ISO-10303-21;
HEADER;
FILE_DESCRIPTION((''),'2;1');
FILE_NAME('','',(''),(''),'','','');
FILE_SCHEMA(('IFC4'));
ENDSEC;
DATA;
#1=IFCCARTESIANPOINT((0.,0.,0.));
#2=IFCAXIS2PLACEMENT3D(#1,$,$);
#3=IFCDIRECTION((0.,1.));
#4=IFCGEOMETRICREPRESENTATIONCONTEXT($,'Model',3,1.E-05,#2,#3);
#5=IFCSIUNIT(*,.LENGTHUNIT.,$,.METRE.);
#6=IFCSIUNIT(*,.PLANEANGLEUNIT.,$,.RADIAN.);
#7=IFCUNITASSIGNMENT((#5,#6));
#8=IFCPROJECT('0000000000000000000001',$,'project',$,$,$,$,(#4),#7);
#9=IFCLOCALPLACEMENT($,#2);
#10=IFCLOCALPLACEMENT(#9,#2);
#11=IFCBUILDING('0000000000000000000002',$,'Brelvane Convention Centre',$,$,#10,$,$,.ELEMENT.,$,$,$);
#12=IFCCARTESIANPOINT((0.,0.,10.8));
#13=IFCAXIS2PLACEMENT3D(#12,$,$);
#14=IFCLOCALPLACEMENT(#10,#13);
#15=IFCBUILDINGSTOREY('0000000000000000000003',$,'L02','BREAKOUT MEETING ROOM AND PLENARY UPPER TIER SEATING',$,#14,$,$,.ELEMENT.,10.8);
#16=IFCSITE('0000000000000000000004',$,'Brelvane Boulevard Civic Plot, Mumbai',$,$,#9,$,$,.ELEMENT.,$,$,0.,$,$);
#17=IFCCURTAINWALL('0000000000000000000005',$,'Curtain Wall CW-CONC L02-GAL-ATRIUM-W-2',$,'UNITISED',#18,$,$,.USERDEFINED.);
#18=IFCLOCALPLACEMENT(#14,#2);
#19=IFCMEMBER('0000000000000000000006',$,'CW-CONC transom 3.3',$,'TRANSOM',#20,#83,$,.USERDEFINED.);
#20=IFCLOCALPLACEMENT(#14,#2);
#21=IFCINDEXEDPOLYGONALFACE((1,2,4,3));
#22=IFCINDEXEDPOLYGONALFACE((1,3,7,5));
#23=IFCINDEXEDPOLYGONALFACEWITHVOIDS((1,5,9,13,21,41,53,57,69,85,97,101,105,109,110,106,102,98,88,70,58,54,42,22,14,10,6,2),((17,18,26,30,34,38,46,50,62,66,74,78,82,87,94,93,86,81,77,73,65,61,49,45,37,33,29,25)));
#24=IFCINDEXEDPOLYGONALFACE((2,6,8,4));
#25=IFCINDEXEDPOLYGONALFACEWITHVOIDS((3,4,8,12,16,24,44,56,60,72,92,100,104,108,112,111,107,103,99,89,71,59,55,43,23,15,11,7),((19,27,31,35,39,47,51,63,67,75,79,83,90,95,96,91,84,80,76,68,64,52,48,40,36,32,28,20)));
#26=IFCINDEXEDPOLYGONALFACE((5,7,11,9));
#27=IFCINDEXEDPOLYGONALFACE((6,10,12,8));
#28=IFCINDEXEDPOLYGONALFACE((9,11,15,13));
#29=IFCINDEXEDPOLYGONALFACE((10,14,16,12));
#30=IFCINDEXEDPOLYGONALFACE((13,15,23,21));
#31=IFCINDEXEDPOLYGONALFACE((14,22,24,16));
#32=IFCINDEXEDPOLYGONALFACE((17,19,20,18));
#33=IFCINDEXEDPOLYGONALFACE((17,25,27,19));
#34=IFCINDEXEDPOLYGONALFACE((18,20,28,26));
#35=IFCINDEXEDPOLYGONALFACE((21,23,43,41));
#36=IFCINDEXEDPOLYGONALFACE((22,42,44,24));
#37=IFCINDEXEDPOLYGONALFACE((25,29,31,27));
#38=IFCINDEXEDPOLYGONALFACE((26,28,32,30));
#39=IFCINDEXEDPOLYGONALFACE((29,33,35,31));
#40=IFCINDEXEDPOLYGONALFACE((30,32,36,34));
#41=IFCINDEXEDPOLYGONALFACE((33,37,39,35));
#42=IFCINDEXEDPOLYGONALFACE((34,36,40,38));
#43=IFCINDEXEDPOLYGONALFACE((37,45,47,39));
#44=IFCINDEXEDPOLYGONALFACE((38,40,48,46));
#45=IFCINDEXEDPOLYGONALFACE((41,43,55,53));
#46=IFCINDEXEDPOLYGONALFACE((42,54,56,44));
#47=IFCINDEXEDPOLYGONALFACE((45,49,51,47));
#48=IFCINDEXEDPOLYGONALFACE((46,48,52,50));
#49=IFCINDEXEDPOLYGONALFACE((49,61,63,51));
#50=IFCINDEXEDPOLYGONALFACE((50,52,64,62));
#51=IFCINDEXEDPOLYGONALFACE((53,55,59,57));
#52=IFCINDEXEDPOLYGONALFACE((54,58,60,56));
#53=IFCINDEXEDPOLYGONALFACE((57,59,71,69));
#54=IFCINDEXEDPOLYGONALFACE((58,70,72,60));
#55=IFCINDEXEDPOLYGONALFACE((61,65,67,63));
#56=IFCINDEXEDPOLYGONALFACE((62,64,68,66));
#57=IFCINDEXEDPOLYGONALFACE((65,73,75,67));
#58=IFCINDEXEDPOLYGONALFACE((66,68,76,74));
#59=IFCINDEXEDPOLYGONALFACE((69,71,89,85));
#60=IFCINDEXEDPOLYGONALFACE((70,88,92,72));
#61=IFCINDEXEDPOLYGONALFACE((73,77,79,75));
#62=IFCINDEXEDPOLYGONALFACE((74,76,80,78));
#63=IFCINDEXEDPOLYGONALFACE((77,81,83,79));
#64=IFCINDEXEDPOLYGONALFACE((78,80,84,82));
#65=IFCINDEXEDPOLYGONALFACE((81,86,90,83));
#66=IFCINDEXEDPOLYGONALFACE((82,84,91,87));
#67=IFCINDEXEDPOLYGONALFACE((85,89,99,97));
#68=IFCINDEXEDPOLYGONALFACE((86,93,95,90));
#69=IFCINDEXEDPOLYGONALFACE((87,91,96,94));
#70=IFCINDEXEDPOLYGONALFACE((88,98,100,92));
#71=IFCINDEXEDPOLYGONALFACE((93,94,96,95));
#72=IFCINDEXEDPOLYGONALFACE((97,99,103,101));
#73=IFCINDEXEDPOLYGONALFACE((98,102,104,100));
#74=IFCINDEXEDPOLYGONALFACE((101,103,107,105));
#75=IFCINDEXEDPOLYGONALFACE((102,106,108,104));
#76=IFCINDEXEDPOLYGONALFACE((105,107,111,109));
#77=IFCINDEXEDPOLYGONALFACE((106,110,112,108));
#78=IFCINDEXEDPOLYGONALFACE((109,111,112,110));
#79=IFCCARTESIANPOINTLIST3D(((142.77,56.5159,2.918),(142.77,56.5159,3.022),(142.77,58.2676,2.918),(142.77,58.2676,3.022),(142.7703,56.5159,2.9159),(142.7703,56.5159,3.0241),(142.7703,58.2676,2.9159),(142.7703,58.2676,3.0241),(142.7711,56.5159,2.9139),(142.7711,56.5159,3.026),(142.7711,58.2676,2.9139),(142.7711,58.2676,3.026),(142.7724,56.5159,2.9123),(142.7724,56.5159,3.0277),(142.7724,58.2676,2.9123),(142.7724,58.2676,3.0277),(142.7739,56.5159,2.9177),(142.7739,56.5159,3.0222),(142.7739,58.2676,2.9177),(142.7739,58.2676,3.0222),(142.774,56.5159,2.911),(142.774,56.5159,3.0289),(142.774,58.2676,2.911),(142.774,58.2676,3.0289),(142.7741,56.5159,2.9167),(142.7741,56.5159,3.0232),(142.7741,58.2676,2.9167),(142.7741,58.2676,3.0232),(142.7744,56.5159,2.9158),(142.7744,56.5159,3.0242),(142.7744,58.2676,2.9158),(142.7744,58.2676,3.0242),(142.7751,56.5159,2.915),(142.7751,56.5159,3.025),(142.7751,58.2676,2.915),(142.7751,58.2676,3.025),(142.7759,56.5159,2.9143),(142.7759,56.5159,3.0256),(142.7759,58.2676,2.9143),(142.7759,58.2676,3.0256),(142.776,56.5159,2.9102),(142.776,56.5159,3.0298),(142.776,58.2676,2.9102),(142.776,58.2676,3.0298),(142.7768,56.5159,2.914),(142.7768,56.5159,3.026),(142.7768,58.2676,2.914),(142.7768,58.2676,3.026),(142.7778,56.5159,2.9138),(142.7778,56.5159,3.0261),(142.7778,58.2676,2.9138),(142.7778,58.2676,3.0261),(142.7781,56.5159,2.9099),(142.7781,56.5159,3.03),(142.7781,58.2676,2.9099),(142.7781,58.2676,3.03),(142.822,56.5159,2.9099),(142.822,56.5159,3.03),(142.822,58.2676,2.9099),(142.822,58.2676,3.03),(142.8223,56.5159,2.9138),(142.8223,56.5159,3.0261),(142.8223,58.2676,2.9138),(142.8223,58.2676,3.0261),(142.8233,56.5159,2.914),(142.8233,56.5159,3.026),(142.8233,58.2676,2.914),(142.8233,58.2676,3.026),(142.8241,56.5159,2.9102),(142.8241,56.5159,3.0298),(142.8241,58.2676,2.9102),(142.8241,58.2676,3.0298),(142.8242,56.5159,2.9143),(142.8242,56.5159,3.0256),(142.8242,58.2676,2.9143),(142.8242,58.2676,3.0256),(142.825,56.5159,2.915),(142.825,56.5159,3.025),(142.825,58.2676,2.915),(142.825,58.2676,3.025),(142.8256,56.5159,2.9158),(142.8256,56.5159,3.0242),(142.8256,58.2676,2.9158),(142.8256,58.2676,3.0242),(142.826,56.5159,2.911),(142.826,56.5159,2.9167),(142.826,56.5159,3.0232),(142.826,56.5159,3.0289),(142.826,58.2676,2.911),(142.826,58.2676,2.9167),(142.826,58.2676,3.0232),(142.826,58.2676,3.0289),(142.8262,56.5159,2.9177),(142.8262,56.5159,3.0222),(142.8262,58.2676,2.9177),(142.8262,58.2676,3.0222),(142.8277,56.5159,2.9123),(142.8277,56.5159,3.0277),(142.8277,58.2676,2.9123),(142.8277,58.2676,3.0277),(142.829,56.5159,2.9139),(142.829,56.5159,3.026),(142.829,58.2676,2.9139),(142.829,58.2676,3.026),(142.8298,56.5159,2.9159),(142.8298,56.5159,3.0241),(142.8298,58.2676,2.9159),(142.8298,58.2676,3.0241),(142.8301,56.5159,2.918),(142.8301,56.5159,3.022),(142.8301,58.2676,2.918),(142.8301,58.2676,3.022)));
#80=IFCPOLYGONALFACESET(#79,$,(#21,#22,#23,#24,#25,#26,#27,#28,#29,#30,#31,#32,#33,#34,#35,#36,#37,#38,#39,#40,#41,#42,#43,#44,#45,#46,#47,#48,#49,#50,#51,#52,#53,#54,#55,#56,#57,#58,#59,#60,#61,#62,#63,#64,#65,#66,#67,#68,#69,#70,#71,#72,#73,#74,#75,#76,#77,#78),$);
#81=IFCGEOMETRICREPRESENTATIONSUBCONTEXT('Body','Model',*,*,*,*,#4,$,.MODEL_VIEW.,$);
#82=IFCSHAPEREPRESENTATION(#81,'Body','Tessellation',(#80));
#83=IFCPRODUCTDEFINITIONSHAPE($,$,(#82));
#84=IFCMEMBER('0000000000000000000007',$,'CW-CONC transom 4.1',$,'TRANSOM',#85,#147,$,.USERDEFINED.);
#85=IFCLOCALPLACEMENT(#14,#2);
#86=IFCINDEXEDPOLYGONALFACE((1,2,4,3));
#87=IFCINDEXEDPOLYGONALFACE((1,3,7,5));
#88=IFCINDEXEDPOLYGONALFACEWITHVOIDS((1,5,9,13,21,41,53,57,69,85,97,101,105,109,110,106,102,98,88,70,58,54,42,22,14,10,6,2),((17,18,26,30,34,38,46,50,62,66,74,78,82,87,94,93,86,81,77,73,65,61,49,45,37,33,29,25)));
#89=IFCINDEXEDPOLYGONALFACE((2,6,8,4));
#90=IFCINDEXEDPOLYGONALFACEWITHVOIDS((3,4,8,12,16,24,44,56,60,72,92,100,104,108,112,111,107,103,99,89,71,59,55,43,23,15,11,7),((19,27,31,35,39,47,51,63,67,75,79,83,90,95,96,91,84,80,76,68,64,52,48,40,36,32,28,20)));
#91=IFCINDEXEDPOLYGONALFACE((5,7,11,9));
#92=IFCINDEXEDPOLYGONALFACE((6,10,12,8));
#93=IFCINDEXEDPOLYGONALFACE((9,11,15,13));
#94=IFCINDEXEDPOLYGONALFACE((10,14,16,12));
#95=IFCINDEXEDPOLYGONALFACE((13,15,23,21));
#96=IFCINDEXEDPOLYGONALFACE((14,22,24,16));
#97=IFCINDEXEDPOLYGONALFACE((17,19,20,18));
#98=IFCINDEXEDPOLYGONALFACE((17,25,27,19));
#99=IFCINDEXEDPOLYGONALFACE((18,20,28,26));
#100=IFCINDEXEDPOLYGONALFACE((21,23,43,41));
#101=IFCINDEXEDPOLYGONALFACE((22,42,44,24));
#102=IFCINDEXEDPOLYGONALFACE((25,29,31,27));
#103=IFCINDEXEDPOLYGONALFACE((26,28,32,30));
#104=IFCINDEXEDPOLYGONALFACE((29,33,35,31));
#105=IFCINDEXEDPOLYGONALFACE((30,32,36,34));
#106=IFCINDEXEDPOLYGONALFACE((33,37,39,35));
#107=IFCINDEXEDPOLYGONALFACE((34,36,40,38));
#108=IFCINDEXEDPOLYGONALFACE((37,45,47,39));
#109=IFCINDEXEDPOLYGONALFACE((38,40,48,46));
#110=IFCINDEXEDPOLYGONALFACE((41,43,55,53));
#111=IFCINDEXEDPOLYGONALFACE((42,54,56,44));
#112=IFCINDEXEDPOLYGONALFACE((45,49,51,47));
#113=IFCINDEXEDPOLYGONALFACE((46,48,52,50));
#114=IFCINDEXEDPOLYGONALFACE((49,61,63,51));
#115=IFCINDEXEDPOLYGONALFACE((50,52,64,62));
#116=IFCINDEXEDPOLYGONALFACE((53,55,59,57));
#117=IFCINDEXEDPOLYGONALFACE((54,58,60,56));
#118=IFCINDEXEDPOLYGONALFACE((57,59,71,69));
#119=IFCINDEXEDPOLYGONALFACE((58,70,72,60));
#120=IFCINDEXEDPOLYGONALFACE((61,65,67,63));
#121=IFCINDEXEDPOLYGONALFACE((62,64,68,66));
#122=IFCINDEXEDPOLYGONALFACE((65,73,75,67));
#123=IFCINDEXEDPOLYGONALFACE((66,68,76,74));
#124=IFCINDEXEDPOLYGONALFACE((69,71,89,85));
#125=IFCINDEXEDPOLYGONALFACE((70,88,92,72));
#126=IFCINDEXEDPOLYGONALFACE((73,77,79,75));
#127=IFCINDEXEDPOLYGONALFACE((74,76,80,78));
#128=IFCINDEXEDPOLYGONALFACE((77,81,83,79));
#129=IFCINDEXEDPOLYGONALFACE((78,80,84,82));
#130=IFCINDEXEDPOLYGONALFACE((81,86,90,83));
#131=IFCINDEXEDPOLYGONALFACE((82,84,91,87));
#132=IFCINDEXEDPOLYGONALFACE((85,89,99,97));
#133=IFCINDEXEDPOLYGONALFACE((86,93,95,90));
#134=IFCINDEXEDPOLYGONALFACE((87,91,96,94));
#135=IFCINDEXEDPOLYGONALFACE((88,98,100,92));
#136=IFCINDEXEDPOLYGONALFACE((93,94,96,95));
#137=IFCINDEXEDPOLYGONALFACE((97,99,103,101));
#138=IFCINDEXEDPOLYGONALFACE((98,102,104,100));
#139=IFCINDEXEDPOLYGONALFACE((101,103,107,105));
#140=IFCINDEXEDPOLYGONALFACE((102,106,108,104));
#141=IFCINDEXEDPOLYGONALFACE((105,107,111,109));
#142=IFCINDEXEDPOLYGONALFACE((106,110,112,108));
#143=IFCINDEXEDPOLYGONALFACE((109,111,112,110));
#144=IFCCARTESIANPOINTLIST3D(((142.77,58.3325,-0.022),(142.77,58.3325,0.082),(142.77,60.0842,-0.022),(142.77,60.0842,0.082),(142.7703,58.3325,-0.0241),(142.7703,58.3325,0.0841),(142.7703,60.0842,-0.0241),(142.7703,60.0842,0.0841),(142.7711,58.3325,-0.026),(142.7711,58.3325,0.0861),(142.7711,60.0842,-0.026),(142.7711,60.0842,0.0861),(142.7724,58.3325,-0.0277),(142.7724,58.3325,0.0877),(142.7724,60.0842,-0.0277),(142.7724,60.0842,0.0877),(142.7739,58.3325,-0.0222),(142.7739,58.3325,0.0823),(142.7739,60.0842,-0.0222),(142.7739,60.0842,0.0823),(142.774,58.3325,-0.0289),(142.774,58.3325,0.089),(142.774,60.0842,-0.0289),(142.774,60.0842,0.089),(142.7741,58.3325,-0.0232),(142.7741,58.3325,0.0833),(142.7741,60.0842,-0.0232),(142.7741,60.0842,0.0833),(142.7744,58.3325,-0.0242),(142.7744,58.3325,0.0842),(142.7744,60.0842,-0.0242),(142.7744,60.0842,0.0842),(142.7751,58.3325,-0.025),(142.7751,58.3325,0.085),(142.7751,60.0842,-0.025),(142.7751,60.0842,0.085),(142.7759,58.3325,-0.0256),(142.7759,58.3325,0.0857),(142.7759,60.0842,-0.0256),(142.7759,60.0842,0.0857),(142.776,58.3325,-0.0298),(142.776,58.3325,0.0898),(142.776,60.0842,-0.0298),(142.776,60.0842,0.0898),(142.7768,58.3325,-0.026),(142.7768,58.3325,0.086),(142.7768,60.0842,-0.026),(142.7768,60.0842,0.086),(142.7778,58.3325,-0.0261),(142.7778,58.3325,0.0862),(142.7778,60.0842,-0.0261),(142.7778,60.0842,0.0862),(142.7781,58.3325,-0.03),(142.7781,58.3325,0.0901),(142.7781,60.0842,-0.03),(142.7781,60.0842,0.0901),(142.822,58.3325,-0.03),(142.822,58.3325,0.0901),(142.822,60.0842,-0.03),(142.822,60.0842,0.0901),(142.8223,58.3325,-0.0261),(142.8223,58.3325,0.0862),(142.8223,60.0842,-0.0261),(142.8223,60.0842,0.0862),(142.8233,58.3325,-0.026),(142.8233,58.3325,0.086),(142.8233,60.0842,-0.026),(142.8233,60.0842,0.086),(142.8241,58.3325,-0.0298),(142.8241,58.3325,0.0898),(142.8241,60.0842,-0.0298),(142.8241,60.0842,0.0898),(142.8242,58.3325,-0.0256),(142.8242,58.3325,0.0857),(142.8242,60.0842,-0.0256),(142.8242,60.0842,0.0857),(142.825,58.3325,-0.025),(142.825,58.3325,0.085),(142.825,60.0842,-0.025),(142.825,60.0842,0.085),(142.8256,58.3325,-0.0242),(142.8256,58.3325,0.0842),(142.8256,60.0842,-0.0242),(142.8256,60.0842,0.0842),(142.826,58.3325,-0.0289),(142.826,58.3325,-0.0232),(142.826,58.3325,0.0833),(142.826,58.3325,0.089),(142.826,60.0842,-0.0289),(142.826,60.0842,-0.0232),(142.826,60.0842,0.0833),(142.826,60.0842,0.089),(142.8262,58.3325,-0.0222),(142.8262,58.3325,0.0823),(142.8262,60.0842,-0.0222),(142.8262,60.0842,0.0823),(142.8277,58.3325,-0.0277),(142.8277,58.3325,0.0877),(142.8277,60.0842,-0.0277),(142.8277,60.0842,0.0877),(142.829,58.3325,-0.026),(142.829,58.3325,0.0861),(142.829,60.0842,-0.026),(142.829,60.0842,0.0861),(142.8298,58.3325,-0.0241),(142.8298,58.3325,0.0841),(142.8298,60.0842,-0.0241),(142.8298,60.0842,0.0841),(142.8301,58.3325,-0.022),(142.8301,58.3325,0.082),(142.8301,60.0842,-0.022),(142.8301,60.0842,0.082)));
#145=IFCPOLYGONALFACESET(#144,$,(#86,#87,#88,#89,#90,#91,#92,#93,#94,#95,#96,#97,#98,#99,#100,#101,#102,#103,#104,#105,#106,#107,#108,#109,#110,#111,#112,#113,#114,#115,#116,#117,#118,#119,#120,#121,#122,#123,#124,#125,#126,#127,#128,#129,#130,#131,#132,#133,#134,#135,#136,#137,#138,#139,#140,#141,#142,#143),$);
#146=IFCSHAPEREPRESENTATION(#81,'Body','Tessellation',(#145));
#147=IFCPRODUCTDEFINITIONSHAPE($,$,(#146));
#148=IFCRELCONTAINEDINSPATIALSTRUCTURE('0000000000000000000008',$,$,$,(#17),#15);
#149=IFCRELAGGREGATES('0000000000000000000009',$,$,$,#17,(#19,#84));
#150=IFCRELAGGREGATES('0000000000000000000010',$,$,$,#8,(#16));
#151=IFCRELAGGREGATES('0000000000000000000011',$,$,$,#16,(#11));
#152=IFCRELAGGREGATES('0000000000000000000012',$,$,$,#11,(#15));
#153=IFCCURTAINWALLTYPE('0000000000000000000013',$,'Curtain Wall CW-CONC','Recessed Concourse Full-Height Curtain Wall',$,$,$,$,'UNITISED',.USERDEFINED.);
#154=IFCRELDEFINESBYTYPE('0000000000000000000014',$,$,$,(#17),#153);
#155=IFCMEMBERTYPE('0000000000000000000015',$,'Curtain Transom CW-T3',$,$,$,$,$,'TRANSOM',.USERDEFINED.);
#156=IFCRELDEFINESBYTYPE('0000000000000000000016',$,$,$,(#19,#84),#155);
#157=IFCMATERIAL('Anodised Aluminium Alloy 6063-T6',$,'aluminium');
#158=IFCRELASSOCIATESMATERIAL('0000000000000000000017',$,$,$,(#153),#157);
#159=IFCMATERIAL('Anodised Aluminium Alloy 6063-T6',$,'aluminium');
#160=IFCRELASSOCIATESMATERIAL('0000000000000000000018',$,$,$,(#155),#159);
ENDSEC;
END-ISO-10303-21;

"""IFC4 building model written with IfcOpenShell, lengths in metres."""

from ifc_helpers import new_model, si_unit, direction, frame, origin, origin_2d, place, context, subcontext, project, spatial, hollow_rectangle, extrude, material, material_profile, profile_set, type_object, element, aggregate, save


model = new_model("IFC4")

# Units and contexts
model_context = context("Model", 3, precision=1e-05, world=origin(), true_north=direction((0.0, 1.0)))
body_context = subcontext(model_context, "Body", "Model", "MODEL_VIEW")
ifc_project = project(units=[si_unit("LENGTHUNIT", "METRE"), si_unit("PLANEANGLEUNIT", "RADIAN")], contexts=[model_context])

# Site, building, storey
site_placement = place(None, origin())
site = spatial("IfcSite", under=ifc_project, at=site_placement, Name="Brelvane Boulevard Civic Plot, Mumbai", CompositionType="ELEMENT", RefElevation=0.0)
building_placement = place(site_placement, origin())
building = spatial("IfcBuilding", under=site, at=building_placement, Name="Brelvane Convention Centre", CompositionType="ELEMENT")
storey_placement = place(building_placement, frame((0.0, 0.0, 10.8)))
storey = spatial("IfcBuildingStorey", under=building, at=storey_placement, Name="L02", Description="BREAKOUT MEETING ROOM AND PLENARY UPPER TIER SEATING", CompositionType="ELEMENT", Elevation=10.8)

# Curtain wall, members
ifc_material_1 = material(Name="Anodised Aluminium Alloy 6063-T6", Category="aluminium")
curtain_wall_type = type_object("IfcCurtainWallType", Name="Curtain Wall CW-CONC", Description="Recessed Concourse Full-Height Curtain Wall", ElementType="UNITISED", PredefinedType="USERDEFINED", material=ifc_material_1)
curtain_wall_placement = place(storey_placement, origin())
curtain_wall = element("IfcCurtainWall", 1, at=curtain_wall_placement, inside=storey, type_object=curtain_wall_type, Name="Curtain Wall CW-CONC L02-GAL-ATRIUM-W-2", ObjectType="UNITISED", PredefinedType="USERDEFINED")
ifc_material_2 = material(Name="Anodised Aluminium Alloy 6063-T6", Category="aluminium")
ifc_material_profile_1 = material_profile(ifc_material_2, hollow_rectangle(XDim=0.0601, YDim=0.1201, WallThickness=0.0039, InnerFilletRadius=0.0039, OuterFilletRadius=0.0081, at=origin_2d()), Name="ALU-T 120x60x4.0")
ifc_profile_set_1 = profile_set([ifc_material_profile_1], Name="Anodised Aluminium Alloy 6063-T6")
member_type_1 = type_object("IfcMemberType", Name="Curtain Transom CW-T3", ElementType="TRANSOM", PredefinedType="USERDEFINED", material=ifc_profile_set_1)
member_1_placement = place(storey_placement, frame((142.8, 56.5159, 2.97), z_axis=(0.0, 1.0, 0.0), x_axis=(-1.0, 0.0, 0.0)))
member_1 = element("IfcMember", 2, at=member_1_placement, type_object=member_type_1, Name="CW-CONC transom 3.3", ObjectType="TRANSOM", PredefinedType="USERDEFINED", context=body_context, shape_type="SweptSolid", body=[
    extrude(hollow_rectangle(XDim=0.0601, YDim=0.1201, WallThickness=0.0039, InnerFilletRadius=0.0039, OuterFilletRadius=0.0081, at=origin_2d()), origin(), (0.0, 0.0, 1.0), 1.7517),
])
member_2_placement = place(storey_placement, frame((142.8, 58.3325, 0.03), z_axis=(0.0, 1.0, 0.0), x_axis=(-1.0, 0.0, 0.0)))
member_2 = element("IfcMember", 3, at=member_2_placement, type_object=member_type_1, Name="CW-CONC transom 4.1", ObjectType="TRANSOM", PredefinedType="USERDEFINED", context=body_context, shape_type="SweptSolid", body=[
    extrude(hollow_rectangle(XDim=0.0601, YDim=0.1201, WallThickness=0.0039, InnerFilletRadius=0.0039, OuterFilletRadius=0.0081, at=origin_2d()), origin(), (0.0, 0.0, 1.0), 1.7517),
])

aggregate(curtain_wall, [member_1, member_2])

save(model, "model.ifc")
